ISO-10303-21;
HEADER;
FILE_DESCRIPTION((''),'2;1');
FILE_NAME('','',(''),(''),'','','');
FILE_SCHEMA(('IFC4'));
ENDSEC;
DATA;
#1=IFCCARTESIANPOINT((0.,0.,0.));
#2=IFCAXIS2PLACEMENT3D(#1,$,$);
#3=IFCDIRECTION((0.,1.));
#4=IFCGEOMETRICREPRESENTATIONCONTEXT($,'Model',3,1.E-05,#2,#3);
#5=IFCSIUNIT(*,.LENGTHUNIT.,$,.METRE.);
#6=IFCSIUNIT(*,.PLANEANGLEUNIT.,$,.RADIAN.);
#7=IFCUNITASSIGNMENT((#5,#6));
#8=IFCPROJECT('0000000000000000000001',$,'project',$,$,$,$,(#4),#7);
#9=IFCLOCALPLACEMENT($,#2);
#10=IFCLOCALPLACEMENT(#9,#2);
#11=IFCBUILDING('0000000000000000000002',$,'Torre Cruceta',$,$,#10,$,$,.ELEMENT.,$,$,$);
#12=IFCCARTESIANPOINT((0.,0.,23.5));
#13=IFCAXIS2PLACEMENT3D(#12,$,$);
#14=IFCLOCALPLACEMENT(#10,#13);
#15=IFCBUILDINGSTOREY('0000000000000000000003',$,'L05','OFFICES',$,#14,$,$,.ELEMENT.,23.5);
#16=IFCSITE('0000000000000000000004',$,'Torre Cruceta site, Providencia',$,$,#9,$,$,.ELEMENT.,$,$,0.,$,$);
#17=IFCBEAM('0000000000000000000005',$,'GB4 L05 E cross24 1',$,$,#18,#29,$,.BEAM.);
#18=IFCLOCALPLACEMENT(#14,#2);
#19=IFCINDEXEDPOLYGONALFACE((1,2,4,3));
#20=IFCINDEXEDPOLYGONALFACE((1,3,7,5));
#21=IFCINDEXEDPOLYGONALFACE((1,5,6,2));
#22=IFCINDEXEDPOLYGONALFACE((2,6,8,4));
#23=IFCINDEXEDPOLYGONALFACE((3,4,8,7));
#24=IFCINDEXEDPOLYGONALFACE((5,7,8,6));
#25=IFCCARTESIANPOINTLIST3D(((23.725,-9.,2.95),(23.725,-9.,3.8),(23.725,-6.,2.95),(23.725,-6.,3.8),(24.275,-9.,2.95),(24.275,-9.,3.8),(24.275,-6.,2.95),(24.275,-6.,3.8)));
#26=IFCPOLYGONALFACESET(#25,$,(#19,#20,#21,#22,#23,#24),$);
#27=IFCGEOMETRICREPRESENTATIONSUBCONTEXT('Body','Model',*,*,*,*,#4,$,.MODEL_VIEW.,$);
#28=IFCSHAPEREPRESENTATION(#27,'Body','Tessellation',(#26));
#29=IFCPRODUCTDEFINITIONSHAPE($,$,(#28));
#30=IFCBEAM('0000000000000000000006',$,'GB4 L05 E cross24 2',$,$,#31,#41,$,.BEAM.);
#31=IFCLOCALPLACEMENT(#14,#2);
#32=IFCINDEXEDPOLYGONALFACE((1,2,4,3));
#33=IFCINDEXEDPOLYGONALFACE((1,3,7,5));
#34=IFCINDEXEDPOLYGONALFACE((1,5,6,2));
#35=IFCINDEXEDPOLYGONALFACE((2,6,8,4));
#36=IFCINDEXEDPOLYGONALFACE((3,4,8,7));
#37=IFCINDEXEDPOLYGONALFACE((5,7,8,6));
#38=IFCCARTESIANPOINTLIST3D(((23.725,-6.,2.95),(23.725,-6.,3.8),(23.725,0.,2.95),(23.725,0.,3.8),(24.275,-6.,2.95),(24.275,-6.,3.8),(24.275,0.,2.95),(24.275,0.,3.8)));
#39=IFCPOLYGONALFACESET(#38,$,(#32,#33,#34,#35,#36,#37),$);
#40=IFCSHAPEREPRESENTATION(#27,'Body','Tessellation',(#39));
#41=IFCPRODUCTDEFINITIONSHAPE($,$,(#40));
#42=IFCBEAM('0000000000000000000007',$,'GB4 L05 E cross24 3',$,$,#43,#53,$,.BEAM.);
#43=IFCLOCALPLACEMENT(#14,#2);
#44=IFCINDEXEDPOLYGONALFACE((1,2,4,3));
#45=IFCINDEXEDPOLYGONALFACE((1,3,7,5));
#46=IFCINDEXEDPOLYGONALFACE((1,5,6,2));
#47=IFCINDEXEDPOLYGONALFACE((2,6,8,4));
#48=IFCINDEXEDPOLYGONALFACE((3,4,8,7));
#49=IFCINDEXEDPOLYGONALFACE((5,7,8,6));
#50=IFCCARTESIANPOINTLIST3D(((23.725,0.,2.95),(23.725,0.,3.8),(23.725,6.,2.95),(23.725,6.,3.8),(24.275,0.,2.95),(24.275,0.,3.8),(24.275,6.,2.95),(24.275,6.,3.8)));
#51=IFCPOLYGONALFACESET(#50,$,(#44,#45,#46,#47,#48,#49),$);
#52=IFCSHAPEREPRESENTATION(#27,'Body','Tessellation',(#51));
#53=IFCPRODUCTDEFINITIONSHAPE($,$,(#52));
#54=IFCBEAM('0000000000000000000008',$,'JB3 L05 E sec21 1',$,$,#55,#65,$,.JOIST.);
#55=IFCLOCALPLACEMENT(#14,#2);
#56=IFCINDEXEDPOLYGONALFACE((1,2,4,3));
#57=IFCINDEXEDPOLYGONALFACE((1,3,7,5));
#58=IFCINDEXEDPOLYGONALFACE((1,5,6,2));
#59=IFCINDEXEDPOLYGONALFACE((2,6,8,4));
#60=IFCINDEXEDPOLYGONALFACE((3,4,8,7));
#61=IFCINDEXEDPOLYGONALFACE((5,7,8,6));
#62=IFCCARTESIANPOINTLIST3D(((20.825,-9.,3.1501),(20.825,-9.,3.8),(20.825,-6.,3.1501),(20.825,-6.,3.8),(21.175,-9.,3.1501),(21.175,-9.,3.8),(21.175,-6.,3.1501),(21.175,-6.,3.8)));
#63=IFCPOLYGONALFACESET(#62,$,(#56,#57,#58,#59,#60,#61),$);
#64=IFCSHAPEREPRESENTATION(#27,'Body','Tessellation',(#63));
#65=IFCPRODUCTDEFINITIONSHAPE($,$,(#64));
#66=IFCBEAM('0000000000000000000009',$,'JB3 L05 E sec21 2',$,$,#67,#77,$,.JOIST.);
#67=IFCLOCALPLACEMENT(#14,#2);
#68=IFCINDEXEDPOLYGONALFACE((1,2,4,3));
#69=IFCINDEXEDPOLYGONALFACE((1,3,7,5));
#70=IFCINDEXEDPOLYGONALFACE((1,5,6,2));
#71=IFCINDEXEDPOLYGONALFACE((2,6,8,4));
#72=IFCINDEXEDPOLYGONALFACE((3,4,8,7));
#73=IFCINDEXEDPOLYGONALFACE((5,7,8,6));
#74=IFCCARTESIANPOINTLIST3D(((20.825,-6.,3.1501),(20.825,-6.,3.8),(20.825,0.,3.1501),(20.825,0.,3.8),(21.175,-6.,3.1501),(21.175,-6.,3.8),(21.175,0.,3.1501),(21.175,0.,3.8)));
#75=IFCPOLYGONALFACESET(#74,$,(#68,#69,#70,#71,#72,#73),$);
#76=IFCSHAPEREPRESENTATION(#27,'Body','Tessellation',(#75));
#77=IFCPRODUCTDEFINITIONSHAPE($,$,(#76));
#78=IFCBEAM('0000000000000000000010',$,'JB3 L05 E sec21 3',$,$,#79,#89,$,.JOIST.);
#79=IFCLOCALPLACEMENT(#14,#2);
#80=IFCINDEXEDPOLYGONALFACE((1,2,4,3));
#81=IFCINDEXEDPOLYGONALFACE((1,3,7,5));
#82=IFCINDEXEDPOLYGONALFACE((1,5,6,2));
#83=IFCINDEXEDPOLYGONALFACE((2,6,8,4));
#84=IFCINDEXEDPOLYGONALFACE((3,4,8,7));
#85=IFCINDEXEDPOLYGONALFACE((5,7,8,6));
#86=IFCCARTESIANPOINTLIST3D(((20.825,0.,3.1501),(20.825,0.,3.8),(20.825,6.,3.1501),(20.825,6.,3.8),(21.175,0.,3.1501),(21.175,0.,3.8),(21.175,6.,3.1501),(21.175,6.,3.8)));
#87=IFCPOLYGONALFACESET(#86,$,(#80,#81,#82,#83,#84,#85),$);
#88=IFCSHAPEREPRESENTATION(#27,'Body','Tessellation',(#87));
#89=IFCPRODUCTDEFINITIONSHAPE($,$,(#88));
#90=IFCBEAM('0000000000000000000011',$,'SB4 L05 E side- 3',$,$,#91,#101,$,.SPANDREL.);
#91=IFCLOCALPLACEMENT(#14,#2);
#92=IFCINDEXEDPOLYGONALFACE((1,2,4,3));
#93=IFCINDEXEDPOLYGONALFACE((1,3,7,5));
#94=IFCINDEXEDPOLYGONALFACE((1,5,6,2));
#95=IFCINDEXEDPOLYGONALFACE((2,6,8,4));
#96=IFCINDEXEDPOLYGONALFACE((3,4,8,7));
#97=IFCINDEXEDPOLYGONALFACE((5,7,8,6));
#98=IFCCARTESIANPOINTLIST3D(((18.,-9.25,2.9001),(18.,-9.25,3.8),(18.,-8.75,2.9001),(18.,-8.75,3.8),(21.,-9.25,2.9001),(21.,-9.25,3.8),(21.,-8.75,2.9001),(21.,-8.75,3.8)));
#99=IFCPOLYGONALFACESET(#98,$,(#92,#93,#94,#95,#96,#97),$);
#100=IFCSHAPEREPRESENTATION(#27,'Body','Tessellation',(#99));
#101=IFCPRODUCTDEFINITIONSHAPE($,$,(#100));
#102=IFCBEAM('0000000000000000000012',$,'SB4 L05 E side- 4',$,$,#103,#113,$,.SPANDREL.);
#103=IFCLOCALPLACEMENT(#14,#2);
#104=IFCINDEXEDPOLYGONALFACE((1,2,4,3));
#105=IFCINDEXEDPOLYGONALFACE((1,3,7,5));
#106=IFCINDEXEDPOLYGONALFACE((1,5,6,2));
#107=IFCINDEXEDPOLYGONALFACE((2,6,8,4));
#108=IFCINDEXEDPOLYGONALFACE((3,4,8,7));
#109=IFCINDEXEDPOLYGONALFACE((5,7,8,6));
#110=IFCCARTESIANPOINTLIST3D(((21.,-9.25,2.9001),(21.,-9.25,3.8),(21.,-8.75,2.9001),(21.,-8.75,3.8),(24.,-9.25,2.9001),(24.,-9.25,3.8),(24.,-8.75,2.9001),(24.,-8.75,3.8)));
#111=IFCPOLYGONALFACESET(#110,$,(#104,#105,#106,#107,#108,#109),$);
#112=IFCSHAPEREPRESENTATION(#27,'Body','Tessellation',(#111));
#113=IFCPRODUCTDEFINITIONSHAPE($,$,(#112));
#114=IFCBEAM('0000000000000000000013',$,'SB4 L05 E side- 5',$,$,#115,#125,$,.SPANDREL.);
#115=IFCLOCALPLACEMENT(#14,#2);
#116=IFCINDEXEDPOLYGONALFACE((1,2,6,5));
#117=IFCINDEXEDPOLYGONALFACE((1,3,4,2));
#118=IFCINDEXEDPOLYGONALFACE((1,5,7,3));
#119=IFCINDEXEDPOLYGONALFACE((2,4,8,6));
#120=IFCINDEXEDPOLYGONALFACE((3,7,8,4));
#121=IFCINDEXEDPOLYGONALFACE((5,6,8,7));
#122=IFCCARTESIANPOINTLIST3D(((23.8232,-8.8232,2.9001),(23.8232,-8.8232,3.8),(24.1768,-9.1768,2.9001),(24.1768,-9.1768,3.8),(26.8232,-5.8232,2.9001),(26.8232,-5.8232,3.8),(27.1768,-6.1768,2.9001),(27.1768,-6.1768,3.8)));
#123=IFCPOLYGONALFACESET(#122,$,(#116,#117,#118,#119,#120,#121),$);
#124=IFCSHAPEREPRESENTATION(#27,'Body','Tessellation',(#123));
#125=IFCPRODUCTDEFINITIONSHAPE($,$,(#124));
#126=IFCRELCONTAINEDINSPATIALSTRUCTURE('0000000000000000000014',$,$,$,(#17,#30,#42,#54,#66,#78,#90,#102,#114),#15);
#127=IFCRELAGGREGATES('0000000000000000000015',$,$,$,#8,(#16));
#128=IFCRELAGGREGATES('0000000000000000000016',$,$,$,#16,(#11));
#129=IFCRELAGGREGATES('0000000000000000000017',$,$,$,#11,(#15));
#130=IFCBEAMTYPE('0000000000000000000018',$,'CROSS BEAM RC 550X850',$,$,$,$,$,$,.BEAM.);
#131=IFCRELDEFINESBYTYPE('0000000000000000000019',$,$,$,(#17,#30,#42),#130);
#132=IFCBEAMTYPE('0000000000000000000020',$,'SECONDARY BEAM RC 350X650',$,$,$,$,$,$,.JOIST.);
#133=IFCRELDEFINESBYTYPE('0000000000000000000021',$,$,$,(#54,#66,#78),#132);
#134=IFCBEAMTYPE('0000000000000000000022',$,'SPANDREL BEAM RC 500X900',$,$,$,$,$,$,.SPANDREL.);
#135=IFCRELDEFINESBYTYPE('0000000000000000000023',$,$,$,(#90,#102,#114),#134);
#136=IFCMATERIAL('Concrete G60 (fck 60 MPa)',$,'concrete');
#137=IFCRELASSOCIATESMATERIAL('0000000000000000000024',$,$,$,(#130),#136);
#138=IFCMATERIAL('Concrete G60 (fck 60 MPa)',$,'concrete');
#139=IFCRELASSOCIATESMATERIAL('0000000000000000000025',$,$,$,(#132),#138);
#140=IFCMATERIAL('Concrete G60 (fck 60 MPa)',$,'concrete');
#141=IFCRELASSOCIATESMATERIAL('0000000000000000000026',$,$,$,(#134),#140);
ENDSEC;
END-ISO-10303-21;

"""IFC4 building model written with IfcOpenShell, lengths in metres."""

from ifc_helpers import new_model, si_unit, direction, frame, origin, origin_2d, place, context, subcontext, project, spatial, rectangle, extrude, material, material_profile, profile_set, type_object, element, save


model = new_model("IFC4")

# Units and contexts
model_context = context("Model", 3, precision=1e-05, world=origin(), true_north=direction((0.0, 1.0)))
body_context = subcontext(model_context, "Body", "Model", "MODEL_VIEW")
ifc_project = project(units=[si_unit("LENGTHUNIT", "METRE"), si_unit("PLANEANGLEUNIT", "RADIAN")], contexts=[model_context])

# Site, building, storey
site_placement = place(None, origin())
site = spatial("IfcSite", under=ifc_project, at=site_placement, Name="Torre Cruceta site, Providencia", CompositionType="ELEMENT", RefElevation=0.0)
building_placement = place(site_placement, origin())
building = spatial("IfcBuilding", under=site, at=building_placement, Name="Torre Cruceta", CompositionType="ELEMENT")
storey_placement = place(building_placement, frame((0.0, 0.0, 23.5)))
storey = spatial("IfcBuildingStorey", under=building, at=storey_placement, Name="L05", Description="OFFICES", CompositionType="ELEMENT", Elevation=23.5)

# Beams
ifc_material_1 = material(Name="Concrete G60 (fck 60 MPa)", Category="concrete")
ifc_material_profile_1 = material_profile(ifc_material_1, rectangle(XDim=0.55, YDim=0.8501, at=origin_2d()), Name="RC 550X850")
ifc_profile_set_1 = profile_set([ifc_material_profile_1], Name="Concrete G60 (fck 60 MPa)")
beam_type_1 = type_object("IfcBeamType", Name="CROSS BEAM RC 550X850", PredefinedType="BEAM", material=ifc_profile_set_1)
beam_1_placement = place(storey_placement, frame((24.0, -9.0, 3.375), z_axis=(0.0, 1.0, 0.0), x_axis=(-1.0, 0.0, 0.0)))
element("IfcBeam", 1, at=beam_1_placement, inside=storey, type_object=beam_type_1, Name="GB4 L05 E cross24 1", PredefinedType="BEAM", context=body_context, shape_type="SweptSolid", body=[
    extrude(rectangle(XDim=0.55, YDim=0.8501, at=origin_2d()), origin(), (0.0, 0.0, 1.0), 3.0),
])
for number, where, z_axis, x_axis, name in (
    (2, (24.0, -6.0, 3.375), (0.0, 1.0, 0.0), (-1.0, 0.0, 0.0), "GB4 L05 E cross24 2"),
    (3, (24.0, 0.0, 3.375), (0.0, 1.0, 0.0), (-1.0, 0.0, 0.0), "GB4 L05 E cross24 3"),
):
    element("IfcBeam", number, at=place(storey_placement, frame(where, z_axis=z_axis, x_axis=x_axis)), inside=storey, type_object=beam_type_1, Name=name, PredefinedType="BEAM", context=body_context, shape_type="SweptSolid", body=[
        extrude(rectangle(XDim=0.55, YDim=0.8501, at=origin_2d()), origin(), (0.0, 0.0, 1.0), 6.0),
    ])
ifc_material_2 = material(Name="Concrete G60 (fck 60 MPa)", Category="concrete")
ifc_material_profile_2 = material_profile(ifc_material_2, rectangle(XDim=0.3501, YDim=0.6499, at=origin_2d()), Name="RC 350X650")
ifc_profile_set_2 = profile_set([ifc_material_profile_2], Name="Concrete G60 (fck 60 MPa)")
beam_type_2 = type_object("IfcBeamType", Name="SECONDARY BEAM RC 350X650", PredefinedType="JOIST", material=ifc_profile_set_2)
beam_2_placement = place(storey_placement, frame((21.0, -9.0, 3.4751), z_axis=(0.0, 1.0, 0.0), x_axis=(-1.0, 0.0, 0.0)))
element("IfcBeam", 4, at=beam_2_placement, inside=storey, type_object=beam_type_2, Name="JB3 L05 E sec21 1", PredefinedType="JOIST", context=body_context, shape_type="SweptSolid", body=[
    extrude(rectangle(XDim=0.3501, YDim=0.6499, at=origin_2d()), origin(), (0.0, 0.0, 1.0), 3.0),
])
for number, where, z_axis, x_axis, name in (
    (5, (21.0, -6.0, 3.4751), (0.0, 1.0, 0.0), (-1.0, 0.0, 0.0), "JB3 L05 E sec21 2"),
    (6, (21.0, 0.0, 3.4751), (0.0, 1.0, 0.0), (-1.0, 0.0, 0.0), "JB3 L05 E sec21 3"),
):
    element("IfcBeam", number, at=place(storey_placement, frame(where, z_axis=z_axis, x_axis=x_axis)), inside=storey, type_object=beam_type_2, Name=name, PredefinedType="JOIST", context=body_context, shape_type="SweptSolid", body=[
        extrude(rectangle(XDim=0.3501, YDim=0.6499, at=origin_2d()), origin(), (0.0, 0.0, 1.0), 6.0),
    ])
ifc_material_3 = material(Name="Concrete G60 (fck 60 MPa)", Category="concrete")
ifc_material_profile_3 = material_profile(ifc_material_3, rectangle(XDim=0.5, YDim=0.8999, at=origin_2d()), Name="RC 500X900")
ifc_profile_set_3 = profile_set([ifc_material_profile_3], Name="Concrete G60 (fck 60 MPa)")
beam_type_3 = type_object("IfcBeamType", Name="SPANDREL BEAM RC 500X900", PredefinedType="SPANDREL", material=ifc_profile_set_3)
for number, where, z_axis, x_axis, name in (
    (7, (18.0, -9.0, 3.3501), (1.0, 0.0, 0.0), (0.0, 1.0, 0.0), "SB4 L05 E side- 3"),
    (8, (21.0, -9.0, 3.3501), (1.0, 0.0, 0.0), (0.0, 1.0, 0.0), "SB4 L05 E side- 4"),
):
    element("IfcBeam", number, at=place(storey_placement, frame(where, z_axis=z_axis, x_axis=x_axis)), inside=storey, type_object=beam_type_3, Name=name, PredefinedType="SPANDREL", context=body_context, shape_type="SweptSolid", body=[
        extrude(rectangle(XDim=0.5, YDim=0.8999, at=origin_2d()), origin(), (0.0, 0.0, 1.0), 3.0),
    ])
beam_3_placement = place(storey_placement, frame((24.0, -9.0, 3.3501), z_axis=(0.707107, 0.707107, 0.0), x_axis=(-0.707107, 0.707107, 0.0)))
element("IfcBeam", 9, at=beam_3_placement, inside=storey, type_object=beam_type_3, Name="SB4 L05 E side- 5", PredefinedType="SPANDREL", context=body_context, shape_type="SweptSolid", body=[
    extrude(rectangle(XDim=0.5, YDim=0.8999, at=origin_2d()), origin(), (0.0, 0.0, 1.0), 4.2427),
])

save(model, "model.ifc")
